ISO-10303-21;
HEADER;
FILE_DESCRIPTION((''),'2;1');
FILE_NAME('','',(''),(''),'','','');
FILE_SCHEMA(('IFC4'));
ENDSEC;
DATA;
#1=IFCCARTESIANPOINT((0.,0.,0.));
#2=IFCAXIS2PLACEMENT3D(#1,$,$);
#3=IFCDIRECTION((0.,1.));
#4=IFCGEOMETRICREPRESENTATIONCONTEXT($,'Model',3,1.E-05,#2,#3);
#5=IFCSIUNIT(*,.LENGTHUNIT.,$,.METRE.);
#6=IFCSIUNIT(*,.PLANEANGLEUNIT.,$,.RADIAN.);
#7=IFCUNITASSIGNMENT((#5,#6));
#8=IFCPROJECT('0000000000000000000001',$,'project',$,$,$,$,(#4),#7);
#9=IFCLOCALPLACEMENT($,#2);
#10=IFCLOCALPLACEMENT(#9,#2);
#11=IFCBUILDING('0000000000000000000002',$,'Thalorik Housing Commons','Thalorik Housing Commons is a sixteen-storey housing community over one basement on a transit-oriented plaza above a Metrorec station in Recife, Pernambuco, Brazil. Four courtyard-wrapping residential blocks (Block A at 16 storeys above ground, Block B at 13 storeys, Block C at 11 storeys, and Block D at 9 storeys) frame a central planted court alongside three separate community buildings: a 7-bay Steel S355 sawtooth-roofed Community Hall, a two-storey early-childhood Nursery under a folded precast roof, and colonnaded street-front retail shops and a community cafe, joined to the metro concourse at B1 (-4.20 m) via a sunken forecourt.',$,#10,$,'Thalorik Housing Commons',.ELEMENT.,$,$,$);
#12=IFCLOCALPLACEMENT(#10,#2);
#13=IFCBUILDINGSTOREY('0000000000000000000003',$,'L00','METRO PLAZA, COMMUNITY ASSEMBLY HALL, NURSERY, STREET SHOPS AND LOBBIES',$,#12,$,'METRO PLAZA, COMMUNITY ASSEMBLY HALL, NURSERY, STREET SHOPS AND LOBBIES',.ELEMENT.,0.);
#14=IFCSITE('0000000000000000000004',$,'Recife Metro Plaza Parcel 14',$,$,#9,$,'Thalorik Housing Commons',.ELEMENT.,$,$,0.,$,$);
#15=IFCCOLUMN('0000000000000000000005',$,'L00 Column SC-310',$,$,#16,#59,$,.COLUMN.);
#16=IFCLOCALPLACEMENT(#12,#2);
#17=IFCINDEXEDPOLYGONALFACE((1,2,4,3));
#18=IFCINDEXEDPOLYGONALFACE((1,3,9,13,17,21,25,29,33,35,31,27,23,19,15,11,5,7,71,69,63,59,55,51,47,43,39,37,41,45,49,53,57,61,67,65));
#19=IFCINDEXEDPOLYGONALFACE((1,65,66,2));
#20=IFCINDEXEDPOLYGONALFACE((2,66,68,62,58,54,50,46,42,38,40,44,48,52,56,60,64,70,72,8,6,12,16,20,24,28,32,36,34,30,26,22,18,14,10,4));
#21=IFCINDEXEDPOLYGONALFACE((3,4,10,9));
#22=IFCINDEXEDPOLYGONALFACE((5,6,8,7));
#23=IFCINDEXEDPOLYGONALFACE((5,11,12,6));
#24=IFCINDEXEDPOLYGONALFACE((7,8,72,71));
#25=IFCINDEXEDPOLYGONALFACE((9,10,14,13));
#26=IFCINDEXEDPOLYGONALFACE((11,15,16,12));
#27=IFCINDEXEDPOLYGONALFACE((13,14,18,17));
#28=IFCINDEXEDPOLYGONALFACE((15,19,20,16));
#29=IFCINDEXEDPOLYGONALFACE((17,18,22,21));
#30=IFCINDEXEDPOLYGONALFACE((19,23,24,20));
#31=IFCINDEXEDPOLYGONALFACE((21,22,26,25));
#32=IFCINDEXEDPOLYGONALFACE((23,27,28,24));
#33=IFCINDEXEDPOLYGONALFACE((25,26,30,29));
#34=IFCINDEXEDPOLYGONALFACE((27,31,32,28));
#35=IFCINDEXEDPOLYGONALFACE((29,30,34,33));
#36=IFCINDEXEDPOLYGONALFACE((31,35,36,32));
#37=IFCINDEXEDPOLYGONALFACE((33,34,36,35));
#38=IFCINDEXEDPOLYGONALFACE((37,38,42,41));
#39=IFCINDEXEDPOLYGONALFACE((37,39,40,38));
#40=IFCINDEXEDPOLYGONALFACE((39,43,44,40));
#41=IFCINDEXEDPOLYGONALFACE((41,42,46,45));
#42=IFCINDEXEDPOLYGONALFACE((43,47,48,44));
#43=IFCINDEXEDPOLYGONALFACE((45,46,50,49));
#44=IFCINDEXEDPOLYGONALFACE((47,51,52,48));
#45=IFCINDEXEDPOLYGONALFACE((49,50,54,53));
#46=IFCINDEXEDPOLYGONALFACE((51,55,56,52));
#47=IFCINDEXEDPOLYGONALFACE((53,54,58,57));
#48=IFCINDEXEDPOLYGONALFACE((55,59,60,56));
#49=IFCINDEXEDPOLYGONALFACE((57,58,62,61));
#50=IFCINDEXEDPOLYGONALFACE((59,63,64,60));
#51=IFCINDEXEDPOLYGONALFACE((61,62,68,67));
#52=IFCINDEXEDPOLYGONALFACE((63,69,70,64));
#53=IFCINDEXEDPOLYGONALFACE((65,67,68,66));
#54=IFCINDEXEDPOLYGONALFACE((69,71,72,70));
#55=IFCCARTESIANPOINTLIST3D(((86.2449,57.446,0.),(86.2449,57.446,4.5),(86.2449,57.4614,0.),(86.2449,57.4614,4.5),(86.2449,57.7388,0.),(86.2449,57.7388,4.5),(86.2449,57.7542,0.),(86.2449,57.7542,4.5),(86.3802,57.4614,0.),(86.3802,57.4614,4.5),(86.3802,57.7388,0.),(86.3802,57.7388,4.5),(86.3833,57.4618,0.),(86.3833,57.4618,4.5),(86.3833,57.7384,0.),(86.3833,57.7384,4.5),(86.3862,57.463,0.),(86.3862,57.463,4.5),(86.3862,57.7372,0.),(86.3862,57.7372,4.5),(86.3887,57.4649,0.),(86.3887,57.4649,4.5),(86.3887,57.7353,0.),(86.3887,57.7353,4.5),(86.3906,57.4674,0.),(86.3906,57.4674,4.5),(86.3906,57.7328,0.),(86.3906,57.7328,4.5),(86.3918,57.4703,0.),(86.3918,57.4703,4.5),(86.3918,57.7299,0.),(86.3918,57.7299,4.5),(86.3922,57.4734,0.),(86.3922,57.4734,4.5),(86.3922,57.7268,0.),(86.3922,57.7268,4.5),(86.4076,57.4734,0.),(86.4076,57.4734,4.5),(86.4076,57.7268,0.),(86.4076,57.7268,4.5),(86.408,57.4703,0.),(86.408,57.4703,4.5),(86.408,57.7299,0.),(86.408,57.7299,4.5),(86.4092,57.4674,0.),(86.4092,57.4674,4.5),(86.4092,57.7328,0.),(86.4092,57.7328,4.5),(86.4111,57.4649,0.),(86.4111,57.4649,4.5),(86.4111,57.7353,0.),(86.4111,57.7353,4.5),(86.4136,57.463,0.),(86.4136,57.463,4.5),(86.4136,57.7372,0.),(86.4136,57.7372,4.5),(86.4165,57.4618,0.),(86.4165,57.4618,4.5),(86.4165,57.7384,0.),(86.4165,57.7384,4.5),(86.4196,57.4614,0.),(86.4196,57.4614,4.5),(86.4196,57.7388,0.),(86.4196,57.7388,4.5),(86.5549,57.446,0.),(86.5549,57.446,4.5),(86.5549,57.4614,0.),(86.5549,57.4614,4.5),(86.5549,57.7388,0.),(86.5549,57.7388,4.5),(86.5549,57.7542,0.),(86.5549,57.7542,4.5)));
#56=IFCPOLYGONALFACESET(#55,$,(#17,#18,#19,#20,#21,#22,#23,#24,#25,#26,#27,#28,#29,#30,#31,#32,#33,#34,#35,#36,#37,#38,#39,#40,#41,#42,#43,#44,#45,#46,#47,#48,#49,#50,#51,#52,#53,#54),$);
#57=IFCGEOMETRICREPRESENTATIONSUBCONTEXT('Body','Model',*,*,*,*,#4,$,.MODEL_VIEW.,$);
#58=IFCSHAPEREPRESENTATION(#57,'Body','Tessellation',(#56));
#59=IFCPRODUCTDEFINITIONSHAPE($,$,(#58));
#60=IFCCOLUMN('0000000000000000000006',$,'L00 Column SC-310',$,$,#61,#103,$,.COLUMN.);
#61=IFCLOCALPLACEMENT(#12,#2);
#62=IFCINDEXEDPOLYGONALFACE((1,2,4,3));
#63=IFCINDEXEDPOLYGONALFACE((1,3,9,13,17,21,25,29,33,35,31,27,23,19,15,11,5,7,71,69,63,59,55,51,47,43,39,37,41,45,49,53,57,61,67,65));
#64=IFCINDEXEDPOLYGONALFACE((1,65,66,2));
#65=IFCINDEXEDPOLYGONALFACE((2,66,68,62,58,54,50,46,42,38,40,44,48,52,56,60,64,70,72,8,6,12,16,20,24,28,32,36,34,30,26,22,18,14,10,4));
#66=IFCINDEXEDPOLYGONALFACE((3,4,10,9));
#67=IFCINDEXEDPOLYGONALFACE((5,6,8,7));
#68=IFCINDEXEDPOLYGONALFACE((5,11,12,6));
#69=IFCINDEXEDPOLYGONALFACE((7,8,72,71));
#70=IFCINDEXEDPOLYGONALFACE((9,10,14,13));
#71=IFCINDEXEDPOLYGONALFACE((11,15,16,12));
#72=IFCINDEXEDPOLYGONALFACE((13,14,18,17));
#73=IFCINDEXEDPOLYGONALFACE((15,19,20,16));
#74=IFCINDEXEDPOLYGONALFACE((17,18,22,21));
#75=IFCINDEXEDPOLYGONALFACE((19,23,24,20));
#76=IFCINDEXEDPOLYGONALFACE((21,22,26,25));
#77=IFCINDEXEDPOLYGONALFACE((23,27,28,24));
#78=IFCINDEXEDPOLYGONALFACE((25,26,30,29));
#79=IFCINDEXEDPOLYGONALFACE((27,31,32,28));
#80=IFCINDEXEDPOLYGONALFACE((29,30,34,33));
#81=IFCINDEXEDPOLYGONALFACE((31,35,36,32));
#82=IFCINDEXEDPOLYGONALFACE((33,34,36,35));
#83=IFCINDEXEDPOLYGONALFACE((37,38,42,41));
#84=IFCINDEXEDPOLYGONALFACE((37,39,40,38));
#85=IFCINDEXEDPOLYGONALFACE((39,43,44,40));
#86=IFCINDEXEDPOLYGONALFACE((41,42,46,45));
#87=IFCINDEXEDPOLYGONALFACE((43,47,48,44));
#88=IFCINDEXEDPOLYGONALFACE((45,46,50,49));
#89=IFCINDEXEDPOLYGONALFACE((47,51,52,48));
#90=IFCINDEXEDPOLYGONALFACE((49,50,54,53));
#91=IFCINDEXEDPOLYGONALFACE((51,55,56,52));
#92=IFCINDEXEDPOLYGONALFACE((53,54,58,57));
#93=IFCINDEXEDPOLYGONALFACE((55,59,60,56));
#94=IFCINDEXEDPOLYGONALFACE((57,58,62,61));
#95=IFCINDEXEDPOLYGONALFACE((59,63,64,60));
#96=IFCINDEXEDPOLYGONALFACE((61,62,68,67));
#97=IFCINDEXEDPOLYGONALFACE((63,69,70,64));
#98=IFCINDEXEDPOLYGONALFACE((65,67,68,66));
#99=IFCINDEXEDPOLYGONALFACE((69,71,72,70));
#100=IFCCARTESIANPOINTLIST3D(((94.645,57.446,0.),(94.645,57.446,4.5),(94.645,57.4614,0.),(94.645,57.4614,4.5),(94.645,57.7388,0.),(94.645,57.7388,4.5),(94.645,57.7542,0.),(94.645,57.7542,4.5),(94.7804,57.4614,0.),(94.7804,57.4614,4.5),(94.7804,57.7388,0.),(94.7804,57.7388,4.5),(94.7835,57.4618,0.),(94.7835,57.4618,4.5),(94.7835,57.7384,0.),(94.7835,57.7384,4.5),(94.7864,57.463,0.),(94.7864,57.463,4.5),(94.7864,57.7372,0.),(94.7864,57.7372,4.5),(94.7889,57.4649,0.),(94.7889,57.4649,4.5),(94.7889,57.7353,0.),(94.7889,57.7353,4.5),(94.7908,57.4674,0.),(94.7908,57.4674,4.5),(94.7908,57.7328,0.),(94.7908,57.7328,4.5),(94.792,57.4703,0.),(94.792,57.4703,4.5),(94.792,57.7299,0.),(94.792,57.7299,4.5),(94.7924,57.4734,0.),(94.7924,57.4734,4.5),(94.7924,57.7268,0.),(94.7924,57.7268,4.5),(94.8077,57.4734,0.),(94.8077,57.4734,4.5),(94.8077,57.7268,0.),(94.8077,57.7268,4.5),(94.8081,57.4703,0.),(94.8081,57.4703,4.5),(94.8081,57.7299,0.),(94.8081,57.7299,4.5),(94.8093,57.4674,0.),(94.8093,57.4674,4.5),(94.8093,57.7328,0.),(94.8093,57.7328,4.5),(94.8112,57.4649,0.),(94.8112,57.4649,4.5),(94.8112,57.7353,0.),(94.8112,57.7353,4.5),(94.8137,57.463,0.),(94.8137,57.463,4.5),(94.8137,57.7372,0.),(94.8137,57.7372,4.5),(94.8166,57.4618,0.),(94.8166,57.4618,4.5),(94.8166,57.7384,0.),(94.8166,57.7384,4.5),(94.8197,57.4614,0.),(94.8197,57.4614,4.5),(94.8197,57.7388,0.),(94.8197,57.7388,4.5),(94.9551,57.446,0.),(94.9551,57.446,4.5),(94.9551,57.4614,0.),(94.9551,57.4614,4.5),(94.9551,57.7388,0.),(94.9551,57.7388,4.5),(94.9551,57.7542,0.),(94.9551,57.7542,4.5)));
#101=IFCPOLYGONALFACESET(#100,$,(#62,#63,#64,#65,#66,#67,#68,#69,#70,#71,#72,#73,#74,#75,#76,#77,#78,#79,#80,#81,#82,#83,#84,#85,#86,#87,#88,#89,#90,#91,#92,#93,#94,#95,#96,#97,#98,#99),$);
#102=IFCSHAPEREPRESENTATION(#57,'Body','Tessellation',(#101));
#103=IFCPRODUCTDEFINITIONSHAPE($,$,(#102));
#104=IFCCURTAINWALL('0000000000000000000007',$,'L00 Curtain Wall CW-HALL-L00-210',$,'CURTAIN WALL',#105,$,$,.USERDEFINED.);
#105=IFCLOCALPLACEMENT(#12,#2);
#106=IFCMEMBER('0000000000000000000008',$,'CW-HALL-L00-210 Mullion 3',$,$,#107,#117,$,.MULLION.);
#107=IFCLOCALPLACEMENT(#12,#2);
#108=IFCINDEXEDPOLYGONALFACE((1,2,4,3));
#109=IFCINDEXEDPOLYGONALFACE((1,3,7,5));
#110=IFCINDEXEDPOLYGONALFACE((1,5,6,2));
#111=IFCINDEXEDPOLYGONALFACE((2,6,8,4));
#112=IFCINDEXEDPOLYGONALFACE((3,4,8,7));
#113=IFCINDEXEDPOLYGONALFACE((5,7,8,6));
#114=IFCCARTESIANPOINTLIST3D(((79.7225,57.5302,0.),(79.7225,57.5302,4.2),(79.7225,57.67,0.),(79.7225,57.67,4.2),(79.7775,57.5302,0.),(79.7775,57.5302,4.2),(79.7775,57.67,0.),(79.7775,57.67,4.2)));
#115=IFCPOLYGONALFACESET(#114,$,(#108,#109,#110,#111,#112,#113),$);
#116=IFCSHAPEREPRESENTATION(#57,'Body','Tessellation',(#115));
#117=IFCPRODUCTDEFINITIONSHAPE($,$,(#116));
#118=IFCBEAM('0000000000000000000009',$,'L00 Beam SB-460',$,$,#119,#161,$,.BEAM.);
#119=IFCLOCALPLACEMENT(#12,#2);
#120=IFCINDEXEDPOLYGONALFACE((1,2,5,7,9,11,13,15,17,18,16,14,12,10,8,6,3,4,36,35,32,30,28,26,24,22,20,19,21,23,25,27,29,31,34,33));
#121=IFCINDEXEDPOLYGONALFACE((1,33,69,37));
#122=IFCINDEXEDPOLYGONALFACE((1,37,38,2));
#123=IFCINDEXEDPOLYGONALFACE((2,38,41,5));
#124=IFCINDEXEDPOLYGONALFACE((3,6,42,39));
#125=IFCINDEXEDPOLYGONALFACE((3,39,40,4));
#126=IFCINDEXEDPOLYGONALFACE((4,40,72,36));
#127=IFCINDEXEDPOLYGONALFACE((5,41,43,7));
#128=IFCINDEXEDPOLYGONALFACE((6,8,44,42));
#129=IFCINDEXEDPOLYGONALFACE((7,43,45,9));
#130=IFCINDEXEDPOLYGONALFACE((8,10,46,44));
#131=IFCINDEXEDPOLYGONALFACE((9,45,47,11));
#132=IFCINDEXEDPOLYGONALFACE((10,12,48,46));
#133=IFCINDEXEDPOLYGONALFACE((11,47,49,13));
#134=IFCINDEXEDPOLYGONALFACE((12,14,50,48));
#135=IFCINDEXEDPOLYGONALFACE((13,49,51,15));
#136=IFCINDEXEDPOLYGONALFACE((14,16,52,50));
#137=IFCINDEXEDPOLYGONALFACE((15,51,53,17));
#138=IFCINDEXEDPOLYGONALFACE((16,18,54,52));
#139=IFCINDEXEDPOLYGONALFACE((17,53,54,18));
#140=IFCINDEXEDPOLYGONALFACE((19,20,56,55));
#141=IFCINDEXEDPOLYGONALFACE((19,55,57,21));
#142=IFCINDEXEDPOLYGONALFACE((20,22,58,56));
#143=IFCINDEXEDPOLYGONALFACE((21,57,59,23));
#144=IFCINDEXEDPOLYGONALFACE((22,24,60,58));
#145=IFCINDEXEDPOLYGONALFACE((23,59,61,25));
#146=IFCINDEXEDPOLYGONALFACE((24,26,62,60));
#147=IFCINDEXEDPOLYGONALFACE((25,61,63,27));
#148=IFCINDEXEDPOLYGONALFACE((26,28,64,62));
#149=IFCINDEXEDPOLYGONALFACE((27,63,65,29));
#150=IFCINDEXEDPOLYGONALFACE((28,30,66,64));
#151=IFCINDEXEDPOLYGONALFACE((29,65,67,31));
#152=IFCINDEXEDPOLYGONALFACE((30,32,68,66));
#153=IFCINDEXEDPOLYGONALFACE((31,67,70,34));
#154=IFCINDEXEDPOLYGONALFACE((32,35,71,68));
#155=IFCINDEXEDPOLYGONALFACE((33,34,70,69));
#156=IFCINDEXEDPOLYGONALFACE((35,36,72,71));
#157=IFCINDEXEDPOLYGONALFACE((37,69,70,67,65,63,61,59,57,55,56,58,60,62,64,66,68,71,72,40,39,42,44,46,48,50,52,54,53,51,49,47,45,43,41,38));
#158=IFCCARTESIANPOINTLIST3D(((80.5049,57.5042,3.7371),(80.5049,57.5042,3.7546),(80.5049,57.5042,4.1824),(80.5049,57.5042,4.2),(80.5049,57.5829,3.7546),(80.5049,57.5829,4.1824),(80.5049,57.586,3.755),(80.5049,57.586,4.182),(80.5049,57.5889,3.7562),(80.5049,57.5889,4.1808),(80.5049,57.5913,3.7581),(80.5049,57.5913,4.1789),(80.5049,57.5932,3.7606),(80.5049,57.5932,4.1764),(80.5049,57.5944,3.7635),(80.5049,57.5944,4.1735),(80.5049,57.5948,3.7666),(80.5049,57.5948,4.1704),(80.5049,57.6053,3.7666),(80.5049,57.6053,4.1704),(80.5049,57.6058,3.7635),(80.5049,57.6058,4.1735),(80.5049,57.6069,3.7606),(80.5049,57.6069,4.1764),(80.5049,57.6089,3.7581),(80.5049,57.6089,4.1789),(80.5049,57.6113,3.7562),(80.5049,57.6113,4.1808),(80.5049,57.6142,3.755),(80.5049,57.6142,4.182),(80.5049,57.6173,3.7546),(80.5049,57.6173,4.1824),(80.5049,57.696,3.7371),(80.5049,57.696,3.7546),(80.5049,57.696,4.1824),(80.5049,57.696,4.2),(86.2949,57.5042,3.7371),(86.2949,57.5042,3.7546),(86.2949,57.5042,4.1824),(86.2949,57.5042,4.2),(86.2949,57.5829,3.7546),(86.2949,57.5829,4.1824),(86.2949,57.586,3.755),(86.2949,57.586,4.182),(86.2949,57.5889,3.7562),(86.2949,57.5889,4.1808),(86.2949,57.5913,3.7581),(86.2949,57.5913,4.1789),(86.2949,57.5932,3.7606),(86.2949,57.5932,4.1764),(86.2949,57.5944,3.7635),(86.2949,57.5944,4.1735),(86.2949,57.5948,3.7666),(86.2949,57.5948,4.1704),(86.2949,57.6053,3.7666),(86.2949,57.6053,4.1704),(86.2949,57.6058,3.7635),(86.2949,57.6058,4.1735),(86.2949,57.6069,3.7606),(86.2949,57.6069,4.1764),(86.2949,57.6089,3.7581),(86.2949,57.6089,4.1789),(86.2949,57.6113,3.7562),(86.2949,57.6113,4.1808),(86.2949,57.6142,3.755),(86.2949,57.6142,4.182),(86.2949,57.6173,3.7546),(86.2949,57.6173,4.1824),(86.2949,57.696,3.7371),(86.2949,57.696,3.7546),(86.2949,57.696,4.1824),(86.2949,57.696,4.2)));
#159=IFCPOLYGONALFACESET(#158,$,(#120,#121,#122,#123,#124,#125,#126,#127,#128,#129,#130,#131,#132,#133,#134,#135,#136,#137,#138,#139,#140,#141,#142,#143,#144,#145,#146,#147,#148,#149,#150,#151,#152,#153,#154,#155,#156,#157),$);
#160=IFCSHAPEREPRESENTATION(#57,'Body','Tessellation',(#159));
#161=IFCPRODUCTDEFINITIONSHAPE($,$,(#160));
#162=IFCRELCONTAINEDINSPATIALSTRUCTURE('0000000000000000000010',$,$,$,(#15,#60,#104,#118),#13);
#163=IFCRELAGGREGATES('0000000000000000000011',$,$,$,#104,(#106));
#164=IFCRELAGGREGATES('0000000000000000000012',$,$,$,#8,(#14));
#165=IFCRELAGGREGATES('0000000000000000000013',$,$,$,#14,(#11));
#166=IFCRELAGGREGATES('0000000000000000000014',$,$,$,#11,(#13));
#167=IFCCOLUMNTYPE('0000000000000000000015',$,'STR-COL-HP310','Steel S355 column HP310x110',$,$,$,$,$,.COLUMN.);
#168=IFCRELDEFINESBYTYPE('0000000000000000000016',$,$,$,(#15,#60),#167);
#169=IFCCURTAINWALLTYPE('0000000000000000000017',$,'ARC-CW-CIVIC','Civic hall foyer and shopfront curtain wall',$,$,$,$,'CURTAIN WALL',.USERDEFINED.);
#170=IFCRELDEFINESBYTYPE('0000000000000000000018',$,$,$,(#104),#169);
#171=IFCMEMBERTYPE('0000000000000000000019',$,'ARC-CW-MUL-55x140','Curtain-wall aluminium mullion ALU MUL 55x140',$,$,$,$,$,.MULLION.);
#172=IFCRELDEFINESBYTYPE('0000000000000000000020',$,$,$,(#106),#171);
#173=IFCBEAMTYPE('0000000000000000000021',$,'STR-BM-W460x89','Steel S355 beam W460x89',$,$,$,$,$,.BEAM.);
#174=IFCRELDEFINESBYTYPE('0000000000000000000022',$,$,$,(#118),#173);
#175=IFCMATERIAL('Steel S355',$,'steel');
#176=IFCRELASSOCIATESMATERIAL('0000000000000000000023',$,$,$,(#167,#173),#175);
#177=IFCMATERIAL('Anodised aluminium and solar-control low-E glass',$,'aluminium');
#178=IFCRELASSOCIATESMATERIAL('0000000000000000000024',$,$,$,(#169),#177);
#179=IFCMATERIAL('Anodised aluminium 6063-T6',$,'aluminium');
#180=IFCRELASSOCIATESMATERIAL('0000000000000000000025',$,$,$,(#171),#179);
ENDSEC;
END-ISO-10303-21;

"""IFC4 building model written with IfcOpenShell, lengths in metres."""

from ifc_helpers import new_model, si_unit, direction, frame, origin, origin_2d, place, context, subcontext, project, spatial, rectangle, i_section, extrude, material, material_profile, profile_set, type_object, element, aggregate, save


model = new_model("IFC4")

# Units and contexts
model_context = context("Model", 3, precision=1e-05, world=origin(), true_north=direction((0.0, 1.0)))
body_context = subcontext(model_context, "Body", "Model", "MODEL_VIEW")
ifc_project = project(units=[si_unit("LENGTHUNIT", "METRE"), si_unit("PLANEANGLEUNIT", "RADIAN")], contexts=[model_context])

# Site, building, storey
site_placement = place(None, origin())
site = spatial("IfcSite", under=ifc_project, at=site_placement, Name="Recife Metro Plaza Parcel 14", LongName="Thalorik Housing Commons", CompositionType="ELEMENT", RefElevation=0.0)
building_placement = place(site_placement, origin())
building = spatial("IfcBuilding", under=site, at=building_placement, Name="Thalorik Housing Commons", Description="Thalorik Housing Commons is a sixteen-storey housing community over one basement on a transit-oriented plaza above a Metrorec station in Recife, Pernambuco, Brazil. Four courtyard-wrapping residential blocks (Block A at 16 storeys above ground, Block B at 13 storeys, Block C at 11 storeys, and Block D at 9 storeys) frame a central planted court alongside three separate community buildings: a 7-bay Steel S355 sawtooth-roofed Community Hall, a two-storey early-childhood Nursery under a folded precast roof, and colonnaded street-front retail shops and a community cafe, joined to the metro concourse at B1 (-4.20 m) via a sunken forecourt.", LongName="Thalorik Housing Commons", CompositionType="ELEMENT")
storey_placement = place(building_placement, origin())
storey = spatial("IfcBuildingStorey", under=building, at=storey_placement, Name="L00", Description="METRO PLAZA, COMMUNITY ASSEMBLY HALL, NURSERY, STREET SHOPS AND LOBBIES", LongName="METRO PLAZA, COMMUNITY ASSEMBLY HALL, NURSERY, STREET SHOPS AND LOBBIES", CompositionType="ELEMENT", Elevation=0.0)

# Columns
ifc_material_1 = material(Name="Steel S355", Category="steel")
ifc_material_profile_1 = material_profile(ifc_material_1, i_section(OverallWidth=0.3101, OverallDepth=0.3081, WebThickness=0.0154, FlangeThickness=0.0154, FilletRadius=0.012, at=origin_2d()), Name="HP310x110", Category="steel")
ifc_profile_set_1 = profile_set([ifc_material_profile_1], Name="Steel S355")
column_type_1 = type_object("IfcColumnType", Name="STR-COL-HP310", Description="Steel S355 column HP310x110", PredefinedType="COLUMN", material=ifc_profile_set_1)
for number, where, z_axis, x_axis, name in (
    (1, (86.3999, 57.6001, 0.0), (0.0, 0.0, 1.0), (1.0, 0.0, 0.0), "L00 Column SC-310"),
    (2, (94.8, 57.6001, 0.0), (0.0, 0.0, 1.0), (1.0, 0.0, 0.0), "L00 Column SC-310"),
):
    element("IfcColumn", number, at=place(storey_placement, frame(where, z_axis=z_axis, x_axis=x_axis)), inside=storey, type_object=column_type_1, Name=name, PredefinedType="COLUMN", context=body_context, shape_type="SweptSolid", body=[
        extrude(i_section(OverallWidth=0.3101, OverallDepth=0.3081, WebThickness=0.0154, FlangeThickness=0.0154, FilletRadius=0.012, at=origin_2d()), origin(), (0.0, 0.0, 1.0), 4.5),
    ])

# Curtain wall, member
ifc_material_2 = material(Name="Anodised aluminium and solar-control low-E glass", Category="aluminium")
curtain_wall_type = type_object("IfcCurtainWallType", Name="ARC-CW-CIVIC", Description="Civic hall foyer and shopfront curtain wall", ElementType="CURTAIN WALL", PredefinedType="USERDEFINED", material=ifc_material_2)
curtain_wall_placement = place(storey_placement, origin())
curtain_wall = element("IfcCurtainWall", 3, at=curtain_wall_placement, inside=storey, type_object=curtain_wall_type, Name="L00 Curtain Wall CW-HALL-L00-210", ObjectType="CURTAIN WALL", PredefinedType="USERDEFINED")
ifc_material_3 = material(Name="Anodised aluminium 6063-T6", Category="aluminium")
ifc_material_profile_2 = material_profile(ifc_material_3, rectangle(XDim=0.0549, YDim=0.1399, at=origin_2d()), Name="ALU MUL 55x140", Category="aluminium")
ifc_profile_set_2 = profile_set([ifc_material_profile_2], Name="Anodised aluminium 6063-T6")
member_type = type_object("IfcMemberType", Name="ARC-CW-MUL-55x140", Description="Curtain-wall aluminium mullion ALU MUL 55x140", PredefinedType="MULLION", material=ifc_profile_set_2)
member_placement = place(storey_placement, frame((79.75, 57.6001, 0.0), z_axis=(0.0, 0.0, 1.0), x_axis=(1.0, 0.0, 0.0)))
member = element("IfcMember", 4, at=member_placement, type_object=member_type, Name="CW-HALL-L00-210 Mullion 3", PredefinedType="MULLION", context=body_context, shape_type="SweptSolid", body=[
    extrude(rectangle(XDim=0.0549, YDim=0.1399, at=origin_2d()), origin(), (0.0, 0.0, 1.0), 4.2),
])

# Beam
ifc_material_profile_3 = material_profile(ifc_material_1, i_section(OverallWidth=0.1919, OverallDepth=0.4629, WebThickness=0.0105, FlangeThickness=0.0176, FilletRadius=0.012, at=origin_2d()), Name="W460x89", Category="steel")
ifc_profile_set_3 = profile_set([ifc_material_profile_3], Name="Steel S355")
beam_type_1 = type_object("IfcBeamType", Name="STR-BM-W460x89", Description="Steel S355 beam W460x89", PredefinedType="BEAM", material=ifc_profile_set_3)
beam_1_placement = place(storey_placement, frame((80.5049, 57.6001, 3.9685), z_axis=(1.0, 0.0, 0.0), x_axis=(0.0, 1.0, 0.0)))
element("IfcBeam", 5, at=beam_1_placement, inside=storey, type_object=beam_type_1, Name="L00 Beam SB-460", PredefinedType="BEAM", context=body_context, shape_type="SweptSolid", body=[
    extrude(i_section(OverallWidth=0.1919, OverallDepth=0.4629, WebThickness=0.0105, FlangeThickness=0.0176, FilletRadius=0.012, at=origin_2d()), origin(), (0.0, 0.0, 1.0), 5.79),
])

aggregate(curtain_wall, [member])

save(model, "model.ifc")
